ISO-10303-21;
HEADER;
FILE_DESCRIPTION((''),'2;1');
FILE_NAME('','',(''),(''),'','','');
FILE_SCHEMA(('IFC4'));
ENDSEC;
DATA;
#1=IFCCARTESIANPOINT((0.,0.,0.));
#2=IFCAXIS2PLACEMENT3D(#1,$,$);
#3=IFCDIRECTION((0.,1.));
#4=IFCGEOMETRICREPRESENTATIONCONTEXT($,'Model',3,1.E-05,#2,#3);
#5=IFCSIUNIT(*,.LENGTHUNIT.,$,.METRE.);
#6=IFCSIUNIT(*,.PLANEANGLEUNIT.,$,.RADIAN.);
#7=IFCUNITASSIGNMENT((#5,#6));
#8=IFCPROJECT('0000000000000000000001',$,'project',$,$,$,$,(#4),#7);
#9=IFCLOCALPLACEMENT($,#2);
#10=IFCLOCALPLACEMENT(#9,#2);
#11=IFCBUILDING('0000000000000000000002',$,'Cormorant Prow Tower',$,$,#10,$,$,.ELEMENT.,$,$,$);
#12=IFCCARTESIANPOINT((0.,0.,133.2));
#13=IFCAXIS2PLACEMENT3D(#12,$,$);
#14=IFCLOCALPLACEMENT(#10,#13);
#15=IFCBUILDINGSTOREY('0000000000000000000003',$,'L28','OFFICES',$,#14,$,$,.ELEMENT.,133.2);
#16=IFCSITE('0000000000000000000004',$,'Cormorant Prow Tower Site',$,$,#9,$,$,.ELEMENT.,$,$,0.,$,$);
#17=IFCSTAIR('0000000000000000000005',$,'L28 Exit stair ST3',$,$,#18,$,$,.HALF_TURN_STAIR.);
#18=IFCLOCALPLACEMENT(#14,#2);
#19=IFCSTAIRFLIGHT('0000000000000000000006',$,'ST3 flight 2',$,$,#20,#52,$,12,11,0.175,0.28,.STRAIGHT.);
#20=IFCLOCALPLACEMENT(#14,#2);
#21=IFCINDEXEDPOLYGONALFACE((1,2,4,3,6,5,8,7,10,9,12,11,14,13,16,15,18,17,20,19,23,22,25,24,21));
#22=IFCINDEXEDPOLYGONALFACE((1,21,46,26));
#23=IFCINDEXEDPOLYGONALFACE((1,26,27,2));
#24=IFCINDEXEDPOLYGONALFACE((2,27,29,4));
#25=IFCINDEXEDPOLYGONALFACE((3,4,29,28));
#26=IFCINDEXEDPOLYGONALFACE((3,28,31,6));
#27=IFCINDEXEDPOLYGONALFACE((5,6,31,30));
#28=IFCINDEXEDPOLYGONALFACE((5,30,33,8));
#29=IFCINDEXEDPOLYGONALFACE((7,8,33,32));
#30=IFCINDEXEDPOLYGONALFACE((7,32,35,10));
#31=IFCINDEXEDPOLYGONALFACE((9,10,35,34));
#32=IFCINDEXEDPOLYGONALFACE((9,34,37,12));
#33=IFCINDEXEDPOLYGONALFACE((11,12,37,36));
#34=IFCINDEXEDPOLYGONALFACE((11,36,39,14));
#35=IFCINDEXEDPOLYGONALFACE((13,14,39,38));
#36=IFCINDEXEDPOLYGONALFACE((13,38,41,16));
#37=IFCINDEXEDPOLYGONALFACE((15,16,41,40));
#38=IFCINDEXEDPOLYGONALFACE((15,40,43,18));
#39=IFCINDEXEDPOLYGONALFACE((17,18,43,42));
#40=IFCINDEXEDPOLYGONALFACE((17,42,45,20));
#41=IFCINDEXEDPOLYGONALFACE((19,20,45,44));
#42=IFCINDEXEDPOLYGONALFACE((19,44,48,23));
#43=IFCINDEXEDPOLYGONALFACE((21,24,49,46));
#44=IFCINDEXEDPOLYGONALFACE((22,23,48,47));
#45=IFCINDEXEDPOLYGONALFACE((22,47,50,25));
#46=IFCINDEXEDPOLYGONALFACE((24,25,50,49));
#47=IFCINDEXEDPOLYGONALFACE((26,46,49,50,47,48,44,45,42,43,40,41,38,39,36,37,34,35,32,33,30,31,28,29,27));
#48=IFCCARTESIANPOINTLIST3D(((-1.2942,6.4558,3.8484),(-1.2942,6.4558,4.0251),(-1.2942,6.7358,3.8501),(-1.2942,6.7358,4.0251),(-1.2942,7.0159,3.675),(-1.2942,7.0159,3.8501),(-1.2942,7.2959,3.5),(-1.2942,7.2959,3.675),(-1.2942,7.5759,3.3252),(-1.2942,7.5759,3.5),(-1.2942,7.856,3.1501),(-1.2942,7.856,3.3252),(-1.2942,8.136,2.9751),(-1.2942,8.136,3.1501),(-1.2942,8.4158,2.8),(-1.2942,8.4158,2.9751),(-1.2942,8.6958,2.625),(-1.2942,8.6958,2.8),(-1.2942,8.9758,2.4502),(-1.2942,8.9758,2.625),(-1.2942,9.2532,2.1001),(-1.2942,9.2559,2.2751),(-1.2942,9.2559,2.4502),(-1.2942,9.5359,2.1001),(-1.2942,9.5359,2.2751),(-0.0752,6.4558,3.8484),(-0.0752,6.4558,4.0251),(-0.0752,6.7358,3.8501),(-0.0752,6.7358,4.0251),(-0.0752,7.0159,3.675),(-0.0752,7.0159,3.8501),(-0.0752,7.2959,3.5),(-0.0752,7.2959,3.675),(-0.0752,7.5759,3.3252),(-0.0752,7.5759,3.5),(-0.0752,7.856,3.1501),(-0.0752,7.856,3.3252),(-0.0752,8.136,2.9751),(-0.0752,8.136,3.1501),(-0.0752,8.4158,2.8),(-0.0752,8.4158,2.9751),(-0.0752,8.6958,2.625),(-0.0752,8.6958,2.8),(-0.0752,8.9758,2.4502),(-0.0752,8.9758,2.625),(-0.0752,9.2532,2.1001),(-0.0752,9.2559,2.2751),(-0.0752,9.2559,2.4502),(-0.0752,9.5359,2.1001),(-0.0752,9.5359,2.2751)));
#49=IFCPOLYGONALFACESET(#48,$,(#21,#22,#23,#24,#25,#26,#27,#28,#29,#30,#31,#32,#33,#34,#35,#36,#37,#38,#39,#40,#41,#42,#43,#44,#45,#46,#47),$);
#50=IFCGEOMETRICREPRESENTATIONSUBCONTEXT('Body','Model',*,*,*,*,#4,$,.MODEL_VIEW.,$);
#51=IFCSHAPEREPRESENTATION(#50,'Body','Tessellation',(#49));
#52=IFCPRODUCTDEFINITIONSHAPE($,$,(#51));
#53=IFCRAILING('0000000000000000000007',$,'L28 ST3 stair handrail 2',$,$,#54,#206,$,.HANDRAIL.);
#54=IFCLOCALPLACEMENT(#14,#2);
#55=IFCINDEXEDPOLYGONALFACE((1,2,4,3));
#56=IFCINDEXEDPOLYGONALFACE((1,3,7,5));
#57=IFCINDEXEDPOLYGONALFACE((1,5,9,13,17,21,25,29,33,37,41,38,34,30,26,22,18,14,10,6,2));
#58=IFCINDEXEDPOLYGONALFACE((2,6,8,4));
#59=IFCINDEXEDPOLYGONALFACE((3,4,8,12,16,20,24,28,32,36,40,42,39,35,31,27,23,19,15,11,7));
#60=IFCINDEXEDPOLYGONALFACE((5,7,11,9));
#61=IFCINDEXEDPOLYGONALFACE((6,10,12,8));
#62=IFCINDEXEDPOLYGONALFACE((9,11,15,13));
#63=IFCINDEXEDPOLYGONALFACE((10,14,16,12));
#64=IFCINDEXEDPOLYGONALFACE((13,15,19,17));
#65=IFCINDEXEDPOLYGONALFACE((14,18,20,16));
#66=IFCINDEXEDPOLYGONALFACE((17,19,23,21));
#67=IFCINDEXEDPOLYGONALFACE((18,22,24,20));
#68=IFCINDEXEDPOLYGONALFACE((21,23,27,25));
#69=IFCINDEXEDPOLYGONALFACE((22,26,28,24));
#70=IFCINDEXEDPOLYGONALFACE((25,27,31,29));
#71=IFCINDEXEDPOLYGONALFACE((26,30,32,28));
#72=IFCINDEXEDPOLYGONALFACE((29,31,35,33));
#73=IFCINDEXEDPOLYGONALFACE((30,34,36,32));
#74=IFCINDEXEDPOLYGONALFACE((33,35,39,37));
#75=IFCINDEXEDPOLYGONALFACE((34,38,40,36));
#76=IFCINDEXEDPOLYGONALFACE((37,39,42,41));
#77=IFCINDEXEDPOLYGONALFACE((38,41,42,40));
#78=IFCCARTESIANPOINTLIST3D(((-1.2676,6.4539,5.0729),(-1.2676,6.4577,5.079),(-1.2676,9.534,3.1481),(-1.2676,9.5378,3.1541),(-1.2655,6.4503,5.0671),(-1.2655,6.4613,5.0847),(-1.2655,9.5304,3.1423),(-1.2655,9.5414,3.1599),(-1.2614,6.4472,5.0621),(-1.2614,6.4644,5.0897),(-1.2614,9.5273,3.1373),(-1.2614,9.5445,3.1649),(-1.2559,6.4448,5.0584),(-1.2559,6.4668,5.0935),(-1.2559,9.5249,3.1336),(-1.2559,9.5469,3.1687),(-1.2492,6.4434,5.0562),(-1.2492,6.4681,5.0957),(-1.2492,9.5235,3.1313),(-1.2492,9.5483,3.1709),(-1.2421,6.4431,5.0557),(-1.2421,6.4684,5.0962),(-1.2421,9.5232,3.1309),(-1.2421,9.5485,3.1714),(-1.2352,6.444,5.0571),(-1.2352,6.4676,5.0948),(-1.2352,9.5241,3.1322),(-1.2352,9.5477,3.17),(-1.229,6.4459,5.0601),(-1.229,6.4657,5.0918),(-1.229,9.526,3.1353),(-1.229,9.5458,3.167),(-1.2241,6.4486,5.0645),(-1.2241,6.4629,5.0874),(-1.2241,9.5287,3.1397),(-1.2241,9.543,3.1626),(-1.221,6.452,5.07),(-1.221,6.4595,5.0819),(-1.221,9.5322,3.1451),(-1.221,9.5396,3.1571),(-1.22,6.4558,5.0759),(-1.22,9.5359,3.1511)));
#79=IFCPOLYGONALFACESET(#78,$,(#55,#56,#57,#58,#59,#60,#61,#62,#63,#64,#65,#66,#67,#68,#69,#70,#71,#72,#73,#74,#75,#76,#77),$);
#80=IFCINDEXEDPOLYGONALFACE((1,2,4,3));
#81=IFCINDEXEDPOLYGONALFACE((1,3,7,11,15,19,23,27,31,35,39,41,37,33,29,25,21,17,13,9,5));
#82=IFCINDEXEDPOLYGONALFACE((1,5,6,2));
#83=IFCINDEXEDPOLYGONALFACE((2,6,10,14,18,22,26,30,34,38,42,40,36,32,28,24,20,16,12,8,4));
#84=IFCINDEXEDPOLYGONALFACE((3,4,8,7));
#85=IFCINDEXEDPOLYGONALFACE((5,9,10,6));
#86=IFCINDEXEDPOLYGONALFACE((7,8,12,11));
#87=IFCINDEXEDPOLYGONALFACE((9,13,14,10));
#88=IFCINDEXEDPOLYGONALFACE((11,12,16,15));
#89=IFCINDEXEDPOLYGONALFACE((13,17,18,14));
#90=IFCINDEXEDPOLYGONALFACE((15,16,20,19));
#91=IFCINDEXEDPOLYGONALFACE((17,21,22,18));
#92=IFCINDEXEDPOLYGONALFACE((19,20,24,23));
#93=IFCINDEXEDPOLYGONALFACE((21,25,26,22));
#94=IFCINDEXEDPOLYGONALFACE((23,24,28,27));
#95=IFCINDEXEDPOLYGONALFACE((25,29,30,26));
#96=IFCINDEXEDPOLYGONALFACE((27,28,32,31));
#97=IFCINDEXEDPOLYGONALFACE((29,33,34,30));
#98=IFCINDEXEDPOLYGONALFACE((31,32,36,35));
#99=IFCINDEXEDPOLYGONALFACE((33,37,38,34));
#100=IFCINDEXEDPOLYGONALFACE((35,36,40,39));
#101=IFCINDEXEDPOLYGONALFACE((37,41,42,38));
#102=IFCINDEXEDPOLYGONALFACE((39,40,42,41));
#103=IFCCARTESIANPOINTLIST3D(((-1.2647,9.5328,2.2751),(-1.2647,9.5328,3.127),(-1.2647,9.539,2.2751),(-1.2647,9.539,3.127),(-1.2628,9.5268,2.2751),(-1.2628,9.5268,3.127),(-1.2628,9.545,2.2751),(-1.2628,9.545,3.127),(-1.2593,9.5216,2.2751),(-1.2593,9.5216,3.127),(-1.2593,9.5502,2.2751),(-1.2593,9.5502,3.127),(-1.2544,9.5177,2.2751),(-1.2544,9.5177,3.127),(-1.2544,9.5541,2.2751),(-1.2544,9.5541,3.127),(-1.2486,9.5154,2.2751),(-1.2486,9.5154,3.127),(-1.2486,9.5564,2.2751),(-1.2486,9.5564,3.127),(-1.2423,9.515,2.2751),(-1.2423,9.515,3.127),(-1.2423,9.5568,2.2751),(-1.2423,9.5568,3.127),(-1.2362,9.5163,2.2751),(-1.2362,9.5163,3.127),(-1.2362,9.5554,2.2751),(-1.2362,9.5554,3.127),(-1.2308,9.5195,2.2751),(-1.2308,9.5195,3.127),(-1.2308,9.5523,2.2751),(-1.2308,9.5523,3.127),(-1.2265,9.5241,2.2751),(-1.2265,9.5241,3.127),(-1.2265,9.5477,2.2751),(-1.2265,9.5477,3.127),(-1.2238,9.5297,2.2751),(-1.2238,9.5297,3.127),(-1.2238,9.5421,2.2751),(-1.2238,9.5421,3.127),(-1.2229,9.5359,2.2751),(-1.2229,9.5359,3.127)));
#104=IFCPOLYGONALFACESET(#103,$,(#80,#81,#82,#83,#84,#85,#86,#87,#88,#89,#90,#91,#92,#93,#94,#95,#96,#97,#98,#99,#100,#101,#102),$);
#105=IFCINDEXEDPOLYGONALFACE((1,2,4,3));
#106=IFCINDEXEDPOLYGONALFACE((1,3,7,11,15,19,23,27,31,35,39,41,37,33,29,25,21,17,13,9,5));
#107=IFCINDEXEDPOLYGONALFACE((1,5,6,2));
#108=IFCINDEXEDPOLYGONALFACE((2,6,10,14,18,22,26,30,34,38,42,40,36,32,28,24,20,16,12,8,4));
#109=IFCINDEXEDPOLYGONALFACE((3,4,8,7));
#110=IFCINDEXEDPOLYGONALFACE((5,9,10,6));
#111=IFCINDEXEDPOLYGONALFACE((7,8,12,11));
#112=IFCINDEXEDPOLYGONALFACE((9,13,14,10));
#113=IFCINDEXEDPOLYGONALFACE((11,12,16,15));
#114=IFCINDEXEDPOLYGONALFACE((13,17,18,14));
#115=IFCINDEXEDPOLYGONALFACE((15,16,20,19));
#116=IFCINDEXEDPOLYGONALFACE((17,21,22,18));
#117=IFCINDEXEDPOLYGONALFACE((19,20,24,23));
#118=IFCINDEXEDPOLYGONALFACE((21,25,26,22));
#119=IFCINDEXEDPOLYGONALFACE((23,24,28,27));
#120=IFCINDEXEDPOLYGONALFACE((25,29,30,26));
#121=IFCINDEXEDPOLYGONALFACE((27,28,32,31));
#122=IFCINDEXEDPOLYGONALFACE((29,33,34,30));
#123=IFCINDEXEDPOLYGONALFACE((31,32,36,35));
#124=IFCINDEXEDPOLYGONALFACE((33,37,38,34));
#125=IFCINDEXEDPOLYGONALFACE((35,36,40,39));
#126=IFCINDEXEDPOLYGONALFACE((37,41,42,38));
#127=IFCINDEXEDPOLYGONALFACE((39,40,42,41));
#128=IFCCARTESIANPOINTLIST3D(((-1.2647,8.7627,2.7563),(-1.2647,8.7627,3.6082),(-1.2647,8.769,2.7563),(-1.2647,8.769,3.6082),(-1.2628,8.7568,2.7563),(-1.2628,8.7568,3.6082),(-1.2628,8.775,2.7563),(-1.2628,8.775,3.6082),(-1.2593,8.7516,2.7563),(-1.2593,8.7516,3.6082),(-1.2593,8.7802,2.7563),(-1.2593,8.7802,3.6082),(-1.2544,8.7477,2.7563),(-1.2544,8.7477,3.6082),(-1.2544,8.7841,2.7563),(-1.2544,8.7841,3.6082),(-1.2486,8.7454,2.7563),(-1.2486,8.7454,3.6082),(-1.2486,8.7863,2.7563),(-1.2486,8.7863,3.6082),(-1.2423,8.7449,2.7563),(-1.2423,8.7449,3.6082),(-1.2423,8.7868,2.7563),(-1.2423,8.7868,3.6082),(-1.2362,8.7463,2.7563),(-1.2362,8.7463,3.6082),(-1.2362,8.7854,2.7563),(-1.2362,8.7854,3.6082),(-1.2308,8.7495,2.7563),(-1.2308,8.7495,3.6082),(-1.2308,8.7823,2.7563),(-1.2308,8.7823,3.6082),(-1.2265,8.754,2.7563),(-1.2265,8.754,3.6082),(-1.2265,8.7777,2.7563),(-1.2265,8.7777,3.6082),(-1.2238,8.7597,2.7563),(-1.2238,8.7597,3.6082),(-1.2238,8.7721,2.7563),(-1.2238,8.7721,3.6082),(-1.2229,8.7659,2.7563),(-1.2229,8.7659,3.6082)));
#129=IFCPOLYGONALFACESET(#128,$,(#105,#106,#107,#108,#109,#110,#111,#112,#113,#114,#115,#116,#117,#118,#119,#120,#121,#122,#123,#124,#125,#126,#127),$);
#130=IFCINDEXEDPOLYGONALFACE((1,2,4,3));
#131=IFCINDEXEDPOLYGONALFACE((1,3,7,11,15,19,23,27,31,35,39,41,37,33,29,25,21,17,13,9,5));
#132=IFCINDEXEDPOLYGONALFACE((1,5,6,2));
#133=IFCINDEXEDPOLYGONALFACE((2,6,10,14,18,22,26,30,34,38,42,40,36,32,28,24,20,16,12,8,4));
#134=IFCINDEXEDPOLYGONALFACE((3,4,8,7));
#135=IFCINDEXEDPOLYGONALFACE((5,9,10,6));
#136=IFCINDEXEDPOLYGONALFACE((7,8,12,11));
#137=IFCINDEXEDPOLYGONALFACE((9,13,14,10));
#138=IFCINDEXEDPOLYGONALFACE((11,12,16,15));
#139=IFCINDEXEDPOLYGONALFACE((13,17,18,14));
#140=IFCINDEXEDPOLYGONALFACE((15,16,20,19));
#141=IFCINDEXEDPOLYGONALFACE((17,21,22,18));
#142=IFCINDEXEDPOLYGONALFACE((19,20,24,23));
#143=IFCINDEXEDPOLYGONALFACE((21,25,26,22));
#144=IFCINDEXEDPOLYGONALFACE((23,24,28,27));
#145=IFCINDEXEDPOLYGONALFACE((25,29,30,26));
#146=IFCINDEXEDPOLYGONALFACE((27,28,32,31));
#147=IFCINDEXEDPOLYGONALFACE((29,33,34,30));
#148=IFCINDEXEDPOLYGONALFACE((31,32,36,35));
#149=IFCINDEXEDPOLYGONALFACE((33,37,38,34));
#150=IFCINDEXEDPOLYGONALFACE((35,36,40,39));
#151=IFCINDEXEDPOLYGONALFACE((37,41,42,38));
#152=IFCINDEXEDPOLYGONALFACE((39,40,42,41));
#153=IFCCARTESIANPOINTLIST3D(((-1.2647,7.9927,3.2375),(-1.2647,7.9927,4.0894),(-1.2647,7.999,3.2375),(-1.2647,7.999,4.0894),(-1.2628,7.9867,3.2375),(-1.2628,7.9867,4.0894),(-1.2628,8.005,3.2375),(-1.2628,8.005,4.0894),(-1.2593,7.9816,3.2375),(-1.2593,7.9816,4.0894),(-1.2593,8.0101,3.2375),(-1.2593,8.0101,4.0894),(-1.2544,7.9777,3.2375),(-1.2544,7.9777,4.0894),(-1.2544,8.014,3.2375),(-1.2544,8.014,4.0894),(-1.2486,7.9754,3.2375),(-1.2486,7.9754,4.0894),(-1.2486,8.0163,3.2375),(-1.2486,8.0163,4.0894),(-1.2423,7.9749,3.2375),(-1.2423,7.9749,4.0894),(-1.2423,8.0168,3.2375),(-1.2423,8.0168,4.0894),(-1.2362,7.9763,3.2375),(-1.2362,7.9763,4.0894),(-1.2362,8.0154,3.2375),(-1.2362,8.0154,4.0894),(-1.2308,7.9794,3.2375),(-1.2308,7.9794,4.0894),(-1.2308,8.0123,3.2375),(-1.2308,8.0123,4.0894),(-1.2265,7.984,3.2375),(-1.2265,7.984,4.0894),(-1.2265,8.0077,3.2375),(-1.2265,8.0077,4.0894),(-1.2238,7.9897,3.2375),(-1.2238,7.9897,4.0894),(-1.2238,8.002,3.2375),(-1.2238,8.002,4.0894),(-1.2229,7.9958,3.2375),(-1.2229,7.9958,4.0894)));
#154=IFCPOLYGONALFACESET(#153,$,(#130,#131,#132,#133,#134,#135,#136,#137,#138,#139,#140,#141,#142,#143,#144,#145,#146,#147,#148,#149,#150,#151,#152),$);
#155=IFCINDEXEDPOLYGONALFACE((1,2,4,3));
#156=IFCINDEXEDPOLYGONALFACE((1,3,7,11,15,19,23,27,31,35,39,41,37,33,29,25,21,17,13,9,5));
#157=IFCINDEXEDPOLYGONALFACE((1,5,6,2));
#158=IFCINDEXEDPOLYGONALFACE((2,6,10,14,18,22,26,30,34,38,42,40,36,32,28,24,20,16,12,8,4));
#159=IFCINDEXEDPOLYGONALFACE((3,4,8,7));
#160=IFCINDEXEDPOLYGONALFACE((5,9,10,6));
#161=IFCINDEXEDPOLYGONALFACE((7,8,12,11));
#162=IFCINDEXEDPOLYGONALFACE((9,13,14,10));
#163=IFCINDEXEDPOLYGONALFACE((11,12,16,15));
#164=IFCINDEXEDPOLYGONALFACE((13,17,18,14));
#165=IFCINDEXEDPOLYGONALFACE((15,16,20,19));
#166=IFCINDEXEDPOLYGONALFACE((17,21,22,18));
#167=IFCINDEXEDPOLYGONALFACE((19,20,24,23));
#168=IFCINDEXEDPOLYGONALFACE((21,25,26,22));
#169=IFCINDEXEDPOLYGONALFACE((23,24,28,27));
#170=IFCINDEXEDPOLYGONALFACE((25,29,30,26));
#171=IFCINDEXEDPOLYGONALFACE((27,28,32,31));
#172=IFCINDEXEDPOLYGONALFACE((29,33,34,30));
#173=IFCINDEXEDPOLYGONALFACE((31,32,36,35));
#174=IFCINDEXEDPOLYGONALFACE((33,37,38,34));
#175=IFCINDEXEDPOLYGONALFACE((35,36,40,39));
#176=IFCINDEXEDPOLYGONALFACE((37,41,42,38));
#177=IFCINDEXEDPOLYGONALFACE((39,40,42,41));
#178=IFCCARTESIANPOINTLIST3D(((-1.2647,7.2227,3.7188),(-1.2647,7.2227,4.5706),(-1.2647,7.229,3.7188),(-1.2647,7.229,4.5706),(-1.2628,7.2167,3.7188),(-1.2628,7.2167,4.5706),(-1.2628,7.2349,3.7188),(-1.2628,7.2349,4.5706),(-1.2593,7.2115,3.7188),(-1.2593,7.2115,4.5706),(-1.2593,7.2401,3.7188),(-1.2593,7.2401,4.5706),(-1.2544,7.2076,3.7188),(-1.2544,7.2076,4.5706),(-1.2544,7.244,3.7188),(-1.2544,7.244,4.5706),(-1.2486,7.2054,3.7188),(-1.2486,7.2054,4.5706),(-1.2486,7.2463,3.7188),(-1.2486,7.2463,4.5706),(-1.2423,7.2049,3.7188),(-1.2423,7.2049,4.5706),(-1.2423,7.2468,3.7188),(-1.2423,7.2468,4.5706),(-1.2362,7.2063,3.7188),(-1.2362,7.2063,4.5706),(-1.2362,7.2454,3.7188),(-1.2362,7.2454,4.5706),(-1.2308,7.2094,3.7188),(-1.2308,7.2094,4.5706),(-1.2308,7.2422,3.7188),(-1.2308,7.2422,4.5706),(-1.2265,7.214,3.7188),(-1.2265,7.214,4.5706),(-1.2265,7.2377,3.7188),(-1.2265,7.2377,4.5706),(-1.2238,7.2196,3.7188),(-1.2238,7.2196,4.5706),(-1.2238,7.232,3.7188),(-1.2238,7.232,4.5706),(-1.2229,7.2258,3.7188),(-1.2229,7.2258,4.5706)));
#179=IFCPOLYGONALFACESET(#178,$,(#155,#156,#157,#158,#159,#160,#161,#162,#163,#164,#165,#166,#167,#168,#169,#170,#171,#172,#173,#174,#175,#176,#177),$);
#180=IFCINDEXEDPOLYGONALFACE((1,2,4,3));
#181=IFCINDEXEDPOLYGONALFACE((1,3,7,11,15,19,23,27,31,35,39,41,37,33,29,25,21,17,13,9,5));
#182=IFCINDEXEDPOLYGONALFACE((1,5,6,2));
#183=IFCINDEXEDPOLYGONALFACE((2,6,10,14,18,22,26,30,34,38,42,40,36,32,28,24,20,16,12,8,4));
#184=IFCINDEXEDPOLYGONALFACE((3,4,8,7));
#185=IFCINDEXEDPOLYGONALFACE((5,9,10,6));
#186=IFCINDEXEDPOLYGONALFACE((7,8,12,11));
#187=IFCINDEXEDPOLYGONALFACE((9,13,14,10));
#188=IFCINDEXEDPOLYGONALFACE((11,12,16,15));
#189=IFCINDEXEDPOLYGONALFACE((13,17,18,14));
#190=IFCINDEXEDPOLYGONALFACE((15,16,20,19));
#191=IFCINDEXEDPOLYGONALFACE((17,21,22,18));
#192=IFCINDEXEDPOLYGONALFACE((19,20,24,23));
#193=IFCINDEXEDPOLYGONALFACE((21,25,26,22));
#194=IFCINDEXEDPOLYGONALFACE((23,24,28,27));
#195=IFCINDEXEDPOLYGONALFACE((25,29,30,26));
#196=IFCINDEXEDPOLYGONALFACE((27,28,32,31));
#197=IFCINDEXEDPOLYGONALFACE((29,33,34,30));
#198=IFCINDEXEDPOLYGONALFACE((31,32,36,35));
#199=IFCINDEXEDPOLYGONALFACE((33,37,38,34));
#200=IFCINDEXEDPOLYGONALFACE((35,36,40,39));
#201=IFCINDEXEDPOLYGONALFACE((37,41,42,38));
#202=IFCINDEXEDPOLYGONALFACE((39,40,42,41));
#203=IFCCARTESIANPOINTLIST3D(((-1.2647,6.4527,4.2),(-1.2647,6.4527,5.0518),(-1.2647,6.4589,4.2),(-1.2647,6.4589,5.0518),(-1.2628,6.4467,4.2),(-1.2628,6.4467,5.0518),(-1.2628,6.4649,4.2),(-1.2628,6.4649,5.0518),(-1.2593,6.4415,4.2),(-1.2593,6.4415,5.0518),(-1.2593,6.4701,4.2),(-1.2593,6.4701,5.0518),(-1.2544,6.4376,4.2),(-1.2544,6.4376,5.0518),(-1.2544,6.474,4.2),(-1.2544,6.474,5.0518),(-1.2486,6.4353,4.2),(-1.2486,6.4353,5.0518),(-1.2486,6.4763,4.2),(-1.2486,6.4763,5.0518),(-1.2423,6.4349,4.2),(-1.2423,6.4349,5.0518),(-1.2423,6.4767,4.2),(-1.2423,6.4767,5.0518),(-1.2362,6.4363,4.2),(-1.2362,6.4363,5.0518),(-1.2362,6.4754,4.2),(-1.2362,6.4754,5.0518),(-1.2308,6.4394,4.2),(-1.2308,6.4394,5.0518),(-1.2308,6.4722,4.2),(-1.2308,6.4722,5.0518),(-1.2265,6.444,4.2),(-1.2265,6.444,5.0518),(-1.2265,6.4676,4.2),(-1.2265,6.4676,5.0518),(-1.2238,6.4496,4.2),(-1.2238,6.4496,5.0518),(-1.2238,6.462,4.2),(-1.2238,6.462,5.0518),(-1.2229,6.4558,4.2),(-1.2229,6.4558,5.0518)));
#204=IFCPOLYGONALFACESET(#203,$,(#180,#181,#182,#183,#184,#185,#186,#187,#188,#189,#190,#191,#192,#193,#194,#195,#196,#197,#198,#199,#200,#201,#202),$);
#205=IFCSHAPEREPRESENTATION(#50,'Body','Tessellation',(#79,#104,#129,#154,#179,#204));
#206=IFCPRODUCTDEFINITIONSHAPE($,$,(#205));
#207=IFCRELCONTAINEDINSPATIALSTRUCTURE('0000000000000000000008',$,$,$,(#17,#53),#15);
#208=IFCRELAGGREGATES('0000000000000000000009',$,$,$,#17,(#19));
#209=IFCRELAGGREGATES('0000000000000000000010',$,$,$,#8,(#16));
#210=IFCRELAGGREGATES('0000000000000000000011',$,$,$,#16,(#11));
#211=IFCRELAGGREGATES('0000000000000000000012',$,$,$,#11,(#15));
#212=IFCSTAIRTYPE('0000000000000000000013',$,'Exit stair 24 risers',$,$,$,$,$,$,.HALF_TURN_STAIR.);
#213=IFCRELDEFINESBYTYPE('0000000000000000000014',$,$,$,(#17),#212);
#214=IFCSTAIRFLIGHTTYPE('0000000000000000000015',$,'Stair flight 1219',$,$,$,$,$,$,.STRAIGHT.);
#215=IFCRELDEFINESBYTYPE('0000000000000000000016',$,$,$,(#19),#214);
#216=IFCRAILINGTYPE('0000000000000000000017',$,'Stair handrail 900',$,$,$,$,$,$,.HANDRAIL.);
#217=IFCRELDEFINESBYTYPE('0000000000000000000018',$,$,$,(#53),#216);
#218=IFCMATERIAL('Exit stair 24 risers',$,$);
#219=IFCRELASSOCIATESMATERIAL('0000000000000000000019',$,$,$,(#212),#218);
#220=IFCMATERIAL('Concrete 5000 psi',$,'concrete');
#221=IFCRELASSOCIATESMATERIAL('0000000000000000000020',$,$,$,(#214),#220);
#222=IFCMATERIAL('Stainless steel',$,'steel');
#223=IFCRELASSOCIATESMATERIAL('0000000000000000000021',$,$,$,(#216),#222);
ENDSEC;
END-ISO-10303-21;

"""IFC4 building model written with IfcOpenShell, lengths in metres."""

from ifc_helpers import new_model, si_unit, direction, frame, origin, origin_2d, place, context, subcontext, project, spatial, polyline, circle, outline, extrude, material, type_object, element, aggregate, save


model = new_model("IFC4")

# Units and contexts
model_context = context("Model", 3, precision=1e-05, world=origin(), true_north=direction((0.0, 1.0)))
body_context = subcontext(model_context, "Body", "Model", "MODEL_VIEW")
ifc_project = project(units=[si_unit("LENGTHUNIT", "METRE"), si_unit("PLANEANGLEUNIT", "RADIAN")], contexts=[model_context])

# Site, building, storey
site_placement = place(None, origin())
site = spatial("IfcSite", under=ifc_project, at=site_placement, Name="Cormorant Prow Tower Site", CompositionType="ELEMENT", RefElevation=0.0)
building_placement = place(site_placement, origin())
building = spatial("IfcBuilding", under=site, at=building_placement, Name="Cormorant Prow Tower", CompositionType="ELEMENT")
storey_placement = place(building_placement, frame((0.0, 0.0, 133.2)))
storey = spatial("IfcBuildingStorey", under=building, at=storey_placement, Name="L28", Description="OFFICES", CompositionType="ELEMENT", Elevation=133.2)

# Stair, stair flight
ifc_material_1 = material(Name="Exit stair 24 risers")
stair_type = type_object("IfcStairType", Name="Exit stair 24 risers", PredefinedType="HALF_TURN_STAIR", material=ifc_material_1)
stair_placement = place(storey_placement, origin())
stair = element("IfcStair", 1, at=stair_placement, inside=storey, type_object=stair_type, Name="L28 Exit stair ST3", PredefinedType="HALF_TURN_STAIR")
ifc_material_2 = material(Name="Concrete 5000 psi", Category="concrete")
stair_flight_type = type_object("IfcStairFlightType", Name="Stair flight 1219", PredefinedType="STRAIGHT", material=ifc_material_2)
stair_flight_placement = place(storey_placement, frame((-0.6846, 9.5359, 2.1001), z_axis=(0.0, 0.0, 1.0), x_axis=(0.0, -1.0, 0.0)))
stair_flight = element("IfcStairFlight", 2, at=stair_flight_placement, type_object=stair_flight_type, Name="ST3 flight 2", NumberOfRisers=12, NumberOfTreads=11, PredefinedType="STRAIGHT", RiserHeight=0.175, TreadLength=0.28, context=body_context, shape_type="SweptSolid", body=[
    extrude(outline(polyline([(0.0, 0.0), (0.0, 0.175), (0.28, 0.175), (0.28, 0.3501), (0.5601, 0.3501), (0.5601, 0.5249), (0.8401, 0.5249), (0.8401, 0.7), (1.1201, 0.7), (1.1201, 0.875), (1.3999, 0.875), (1.3999, 1.05), (1.6799, 1.05), (1.6799, 1.2251), (1.96, 1.2251), (1.96, 1.3999), (2.24, 1.3999), (2.24, 1.575), (2.52, 1.575), (2.52, 1.75), (2.8, 1.75), (2.8, 1.925), (3.0801, 1.925), (3.0801, 2.1001), (3.0801, 1.7483), (0.2827, 0.0), (0.0, 0.0)])), frame((0.0, 0.6094, 0.0), z_axis=(0.0, -1.0, 0.0), x_axis=(1.0, 0.0, 0.0)), (0.0, 0.0, 1.0), 1.219),
])
aggregate(stair, [stair_flight])

# Railing
ifc_material_3 = material(Name="Stainless steel", Category="steel")
railing_type = type_object("IfcRailingType", Name="Stair handrail 900", PredefinedType="HANDRAIL", material=ifc_material_3)
railing_placement = place(storey_placement, frame((-1.2439, 9.5359, 2.2751)))
element("IfcRailing", 3, at=railing_placement, inside=storey, type_object=railing_type, Name="L28 ST3 stair handrail 2", PredefinedType="HANDRAIL", context=body_context, shape_type="SweptSolid", body=[
    extrude(circle(Radius=0.0239, at=origin_2d()), frame((0.0, 0.0, 0.876), z_axis=(0.0, -0.848029, 0.529951), x_axis=(1.0, 0.0, 0.0)), (0.0, 0.0, 1.0), 3.6321),
    extrude(circle(Radius=0.021, at=origin_2d()), origin(), (0.0, 0.0, 1.0), 0.8518),
    extrude(circle(Radius=0.021, at=origin_2d()), frame((0.0, -0.77, 0.4812)), (0.0, 0.0, 1.0), 0.8518),
    extrude(circle(Radius=0.021, at=origin_2d()), frame((0.0, -1.54, 0.9624)), (0.0, 0.0, 1.0), 0.8518),
    extrude(circle(Radius=0.021, at=origin_2d()), frame((0.0, -2.3101, 1.4436)), (0.0, 0.0, 1.0), 0.8518),
    extrude(circle(Radius=0.021, at=origin_2d()), frame((0.0, -3.0801, 1.9248)), (0.0, 0.0, 1.0), 0.8518),
])

save(model, "model.ifc")
